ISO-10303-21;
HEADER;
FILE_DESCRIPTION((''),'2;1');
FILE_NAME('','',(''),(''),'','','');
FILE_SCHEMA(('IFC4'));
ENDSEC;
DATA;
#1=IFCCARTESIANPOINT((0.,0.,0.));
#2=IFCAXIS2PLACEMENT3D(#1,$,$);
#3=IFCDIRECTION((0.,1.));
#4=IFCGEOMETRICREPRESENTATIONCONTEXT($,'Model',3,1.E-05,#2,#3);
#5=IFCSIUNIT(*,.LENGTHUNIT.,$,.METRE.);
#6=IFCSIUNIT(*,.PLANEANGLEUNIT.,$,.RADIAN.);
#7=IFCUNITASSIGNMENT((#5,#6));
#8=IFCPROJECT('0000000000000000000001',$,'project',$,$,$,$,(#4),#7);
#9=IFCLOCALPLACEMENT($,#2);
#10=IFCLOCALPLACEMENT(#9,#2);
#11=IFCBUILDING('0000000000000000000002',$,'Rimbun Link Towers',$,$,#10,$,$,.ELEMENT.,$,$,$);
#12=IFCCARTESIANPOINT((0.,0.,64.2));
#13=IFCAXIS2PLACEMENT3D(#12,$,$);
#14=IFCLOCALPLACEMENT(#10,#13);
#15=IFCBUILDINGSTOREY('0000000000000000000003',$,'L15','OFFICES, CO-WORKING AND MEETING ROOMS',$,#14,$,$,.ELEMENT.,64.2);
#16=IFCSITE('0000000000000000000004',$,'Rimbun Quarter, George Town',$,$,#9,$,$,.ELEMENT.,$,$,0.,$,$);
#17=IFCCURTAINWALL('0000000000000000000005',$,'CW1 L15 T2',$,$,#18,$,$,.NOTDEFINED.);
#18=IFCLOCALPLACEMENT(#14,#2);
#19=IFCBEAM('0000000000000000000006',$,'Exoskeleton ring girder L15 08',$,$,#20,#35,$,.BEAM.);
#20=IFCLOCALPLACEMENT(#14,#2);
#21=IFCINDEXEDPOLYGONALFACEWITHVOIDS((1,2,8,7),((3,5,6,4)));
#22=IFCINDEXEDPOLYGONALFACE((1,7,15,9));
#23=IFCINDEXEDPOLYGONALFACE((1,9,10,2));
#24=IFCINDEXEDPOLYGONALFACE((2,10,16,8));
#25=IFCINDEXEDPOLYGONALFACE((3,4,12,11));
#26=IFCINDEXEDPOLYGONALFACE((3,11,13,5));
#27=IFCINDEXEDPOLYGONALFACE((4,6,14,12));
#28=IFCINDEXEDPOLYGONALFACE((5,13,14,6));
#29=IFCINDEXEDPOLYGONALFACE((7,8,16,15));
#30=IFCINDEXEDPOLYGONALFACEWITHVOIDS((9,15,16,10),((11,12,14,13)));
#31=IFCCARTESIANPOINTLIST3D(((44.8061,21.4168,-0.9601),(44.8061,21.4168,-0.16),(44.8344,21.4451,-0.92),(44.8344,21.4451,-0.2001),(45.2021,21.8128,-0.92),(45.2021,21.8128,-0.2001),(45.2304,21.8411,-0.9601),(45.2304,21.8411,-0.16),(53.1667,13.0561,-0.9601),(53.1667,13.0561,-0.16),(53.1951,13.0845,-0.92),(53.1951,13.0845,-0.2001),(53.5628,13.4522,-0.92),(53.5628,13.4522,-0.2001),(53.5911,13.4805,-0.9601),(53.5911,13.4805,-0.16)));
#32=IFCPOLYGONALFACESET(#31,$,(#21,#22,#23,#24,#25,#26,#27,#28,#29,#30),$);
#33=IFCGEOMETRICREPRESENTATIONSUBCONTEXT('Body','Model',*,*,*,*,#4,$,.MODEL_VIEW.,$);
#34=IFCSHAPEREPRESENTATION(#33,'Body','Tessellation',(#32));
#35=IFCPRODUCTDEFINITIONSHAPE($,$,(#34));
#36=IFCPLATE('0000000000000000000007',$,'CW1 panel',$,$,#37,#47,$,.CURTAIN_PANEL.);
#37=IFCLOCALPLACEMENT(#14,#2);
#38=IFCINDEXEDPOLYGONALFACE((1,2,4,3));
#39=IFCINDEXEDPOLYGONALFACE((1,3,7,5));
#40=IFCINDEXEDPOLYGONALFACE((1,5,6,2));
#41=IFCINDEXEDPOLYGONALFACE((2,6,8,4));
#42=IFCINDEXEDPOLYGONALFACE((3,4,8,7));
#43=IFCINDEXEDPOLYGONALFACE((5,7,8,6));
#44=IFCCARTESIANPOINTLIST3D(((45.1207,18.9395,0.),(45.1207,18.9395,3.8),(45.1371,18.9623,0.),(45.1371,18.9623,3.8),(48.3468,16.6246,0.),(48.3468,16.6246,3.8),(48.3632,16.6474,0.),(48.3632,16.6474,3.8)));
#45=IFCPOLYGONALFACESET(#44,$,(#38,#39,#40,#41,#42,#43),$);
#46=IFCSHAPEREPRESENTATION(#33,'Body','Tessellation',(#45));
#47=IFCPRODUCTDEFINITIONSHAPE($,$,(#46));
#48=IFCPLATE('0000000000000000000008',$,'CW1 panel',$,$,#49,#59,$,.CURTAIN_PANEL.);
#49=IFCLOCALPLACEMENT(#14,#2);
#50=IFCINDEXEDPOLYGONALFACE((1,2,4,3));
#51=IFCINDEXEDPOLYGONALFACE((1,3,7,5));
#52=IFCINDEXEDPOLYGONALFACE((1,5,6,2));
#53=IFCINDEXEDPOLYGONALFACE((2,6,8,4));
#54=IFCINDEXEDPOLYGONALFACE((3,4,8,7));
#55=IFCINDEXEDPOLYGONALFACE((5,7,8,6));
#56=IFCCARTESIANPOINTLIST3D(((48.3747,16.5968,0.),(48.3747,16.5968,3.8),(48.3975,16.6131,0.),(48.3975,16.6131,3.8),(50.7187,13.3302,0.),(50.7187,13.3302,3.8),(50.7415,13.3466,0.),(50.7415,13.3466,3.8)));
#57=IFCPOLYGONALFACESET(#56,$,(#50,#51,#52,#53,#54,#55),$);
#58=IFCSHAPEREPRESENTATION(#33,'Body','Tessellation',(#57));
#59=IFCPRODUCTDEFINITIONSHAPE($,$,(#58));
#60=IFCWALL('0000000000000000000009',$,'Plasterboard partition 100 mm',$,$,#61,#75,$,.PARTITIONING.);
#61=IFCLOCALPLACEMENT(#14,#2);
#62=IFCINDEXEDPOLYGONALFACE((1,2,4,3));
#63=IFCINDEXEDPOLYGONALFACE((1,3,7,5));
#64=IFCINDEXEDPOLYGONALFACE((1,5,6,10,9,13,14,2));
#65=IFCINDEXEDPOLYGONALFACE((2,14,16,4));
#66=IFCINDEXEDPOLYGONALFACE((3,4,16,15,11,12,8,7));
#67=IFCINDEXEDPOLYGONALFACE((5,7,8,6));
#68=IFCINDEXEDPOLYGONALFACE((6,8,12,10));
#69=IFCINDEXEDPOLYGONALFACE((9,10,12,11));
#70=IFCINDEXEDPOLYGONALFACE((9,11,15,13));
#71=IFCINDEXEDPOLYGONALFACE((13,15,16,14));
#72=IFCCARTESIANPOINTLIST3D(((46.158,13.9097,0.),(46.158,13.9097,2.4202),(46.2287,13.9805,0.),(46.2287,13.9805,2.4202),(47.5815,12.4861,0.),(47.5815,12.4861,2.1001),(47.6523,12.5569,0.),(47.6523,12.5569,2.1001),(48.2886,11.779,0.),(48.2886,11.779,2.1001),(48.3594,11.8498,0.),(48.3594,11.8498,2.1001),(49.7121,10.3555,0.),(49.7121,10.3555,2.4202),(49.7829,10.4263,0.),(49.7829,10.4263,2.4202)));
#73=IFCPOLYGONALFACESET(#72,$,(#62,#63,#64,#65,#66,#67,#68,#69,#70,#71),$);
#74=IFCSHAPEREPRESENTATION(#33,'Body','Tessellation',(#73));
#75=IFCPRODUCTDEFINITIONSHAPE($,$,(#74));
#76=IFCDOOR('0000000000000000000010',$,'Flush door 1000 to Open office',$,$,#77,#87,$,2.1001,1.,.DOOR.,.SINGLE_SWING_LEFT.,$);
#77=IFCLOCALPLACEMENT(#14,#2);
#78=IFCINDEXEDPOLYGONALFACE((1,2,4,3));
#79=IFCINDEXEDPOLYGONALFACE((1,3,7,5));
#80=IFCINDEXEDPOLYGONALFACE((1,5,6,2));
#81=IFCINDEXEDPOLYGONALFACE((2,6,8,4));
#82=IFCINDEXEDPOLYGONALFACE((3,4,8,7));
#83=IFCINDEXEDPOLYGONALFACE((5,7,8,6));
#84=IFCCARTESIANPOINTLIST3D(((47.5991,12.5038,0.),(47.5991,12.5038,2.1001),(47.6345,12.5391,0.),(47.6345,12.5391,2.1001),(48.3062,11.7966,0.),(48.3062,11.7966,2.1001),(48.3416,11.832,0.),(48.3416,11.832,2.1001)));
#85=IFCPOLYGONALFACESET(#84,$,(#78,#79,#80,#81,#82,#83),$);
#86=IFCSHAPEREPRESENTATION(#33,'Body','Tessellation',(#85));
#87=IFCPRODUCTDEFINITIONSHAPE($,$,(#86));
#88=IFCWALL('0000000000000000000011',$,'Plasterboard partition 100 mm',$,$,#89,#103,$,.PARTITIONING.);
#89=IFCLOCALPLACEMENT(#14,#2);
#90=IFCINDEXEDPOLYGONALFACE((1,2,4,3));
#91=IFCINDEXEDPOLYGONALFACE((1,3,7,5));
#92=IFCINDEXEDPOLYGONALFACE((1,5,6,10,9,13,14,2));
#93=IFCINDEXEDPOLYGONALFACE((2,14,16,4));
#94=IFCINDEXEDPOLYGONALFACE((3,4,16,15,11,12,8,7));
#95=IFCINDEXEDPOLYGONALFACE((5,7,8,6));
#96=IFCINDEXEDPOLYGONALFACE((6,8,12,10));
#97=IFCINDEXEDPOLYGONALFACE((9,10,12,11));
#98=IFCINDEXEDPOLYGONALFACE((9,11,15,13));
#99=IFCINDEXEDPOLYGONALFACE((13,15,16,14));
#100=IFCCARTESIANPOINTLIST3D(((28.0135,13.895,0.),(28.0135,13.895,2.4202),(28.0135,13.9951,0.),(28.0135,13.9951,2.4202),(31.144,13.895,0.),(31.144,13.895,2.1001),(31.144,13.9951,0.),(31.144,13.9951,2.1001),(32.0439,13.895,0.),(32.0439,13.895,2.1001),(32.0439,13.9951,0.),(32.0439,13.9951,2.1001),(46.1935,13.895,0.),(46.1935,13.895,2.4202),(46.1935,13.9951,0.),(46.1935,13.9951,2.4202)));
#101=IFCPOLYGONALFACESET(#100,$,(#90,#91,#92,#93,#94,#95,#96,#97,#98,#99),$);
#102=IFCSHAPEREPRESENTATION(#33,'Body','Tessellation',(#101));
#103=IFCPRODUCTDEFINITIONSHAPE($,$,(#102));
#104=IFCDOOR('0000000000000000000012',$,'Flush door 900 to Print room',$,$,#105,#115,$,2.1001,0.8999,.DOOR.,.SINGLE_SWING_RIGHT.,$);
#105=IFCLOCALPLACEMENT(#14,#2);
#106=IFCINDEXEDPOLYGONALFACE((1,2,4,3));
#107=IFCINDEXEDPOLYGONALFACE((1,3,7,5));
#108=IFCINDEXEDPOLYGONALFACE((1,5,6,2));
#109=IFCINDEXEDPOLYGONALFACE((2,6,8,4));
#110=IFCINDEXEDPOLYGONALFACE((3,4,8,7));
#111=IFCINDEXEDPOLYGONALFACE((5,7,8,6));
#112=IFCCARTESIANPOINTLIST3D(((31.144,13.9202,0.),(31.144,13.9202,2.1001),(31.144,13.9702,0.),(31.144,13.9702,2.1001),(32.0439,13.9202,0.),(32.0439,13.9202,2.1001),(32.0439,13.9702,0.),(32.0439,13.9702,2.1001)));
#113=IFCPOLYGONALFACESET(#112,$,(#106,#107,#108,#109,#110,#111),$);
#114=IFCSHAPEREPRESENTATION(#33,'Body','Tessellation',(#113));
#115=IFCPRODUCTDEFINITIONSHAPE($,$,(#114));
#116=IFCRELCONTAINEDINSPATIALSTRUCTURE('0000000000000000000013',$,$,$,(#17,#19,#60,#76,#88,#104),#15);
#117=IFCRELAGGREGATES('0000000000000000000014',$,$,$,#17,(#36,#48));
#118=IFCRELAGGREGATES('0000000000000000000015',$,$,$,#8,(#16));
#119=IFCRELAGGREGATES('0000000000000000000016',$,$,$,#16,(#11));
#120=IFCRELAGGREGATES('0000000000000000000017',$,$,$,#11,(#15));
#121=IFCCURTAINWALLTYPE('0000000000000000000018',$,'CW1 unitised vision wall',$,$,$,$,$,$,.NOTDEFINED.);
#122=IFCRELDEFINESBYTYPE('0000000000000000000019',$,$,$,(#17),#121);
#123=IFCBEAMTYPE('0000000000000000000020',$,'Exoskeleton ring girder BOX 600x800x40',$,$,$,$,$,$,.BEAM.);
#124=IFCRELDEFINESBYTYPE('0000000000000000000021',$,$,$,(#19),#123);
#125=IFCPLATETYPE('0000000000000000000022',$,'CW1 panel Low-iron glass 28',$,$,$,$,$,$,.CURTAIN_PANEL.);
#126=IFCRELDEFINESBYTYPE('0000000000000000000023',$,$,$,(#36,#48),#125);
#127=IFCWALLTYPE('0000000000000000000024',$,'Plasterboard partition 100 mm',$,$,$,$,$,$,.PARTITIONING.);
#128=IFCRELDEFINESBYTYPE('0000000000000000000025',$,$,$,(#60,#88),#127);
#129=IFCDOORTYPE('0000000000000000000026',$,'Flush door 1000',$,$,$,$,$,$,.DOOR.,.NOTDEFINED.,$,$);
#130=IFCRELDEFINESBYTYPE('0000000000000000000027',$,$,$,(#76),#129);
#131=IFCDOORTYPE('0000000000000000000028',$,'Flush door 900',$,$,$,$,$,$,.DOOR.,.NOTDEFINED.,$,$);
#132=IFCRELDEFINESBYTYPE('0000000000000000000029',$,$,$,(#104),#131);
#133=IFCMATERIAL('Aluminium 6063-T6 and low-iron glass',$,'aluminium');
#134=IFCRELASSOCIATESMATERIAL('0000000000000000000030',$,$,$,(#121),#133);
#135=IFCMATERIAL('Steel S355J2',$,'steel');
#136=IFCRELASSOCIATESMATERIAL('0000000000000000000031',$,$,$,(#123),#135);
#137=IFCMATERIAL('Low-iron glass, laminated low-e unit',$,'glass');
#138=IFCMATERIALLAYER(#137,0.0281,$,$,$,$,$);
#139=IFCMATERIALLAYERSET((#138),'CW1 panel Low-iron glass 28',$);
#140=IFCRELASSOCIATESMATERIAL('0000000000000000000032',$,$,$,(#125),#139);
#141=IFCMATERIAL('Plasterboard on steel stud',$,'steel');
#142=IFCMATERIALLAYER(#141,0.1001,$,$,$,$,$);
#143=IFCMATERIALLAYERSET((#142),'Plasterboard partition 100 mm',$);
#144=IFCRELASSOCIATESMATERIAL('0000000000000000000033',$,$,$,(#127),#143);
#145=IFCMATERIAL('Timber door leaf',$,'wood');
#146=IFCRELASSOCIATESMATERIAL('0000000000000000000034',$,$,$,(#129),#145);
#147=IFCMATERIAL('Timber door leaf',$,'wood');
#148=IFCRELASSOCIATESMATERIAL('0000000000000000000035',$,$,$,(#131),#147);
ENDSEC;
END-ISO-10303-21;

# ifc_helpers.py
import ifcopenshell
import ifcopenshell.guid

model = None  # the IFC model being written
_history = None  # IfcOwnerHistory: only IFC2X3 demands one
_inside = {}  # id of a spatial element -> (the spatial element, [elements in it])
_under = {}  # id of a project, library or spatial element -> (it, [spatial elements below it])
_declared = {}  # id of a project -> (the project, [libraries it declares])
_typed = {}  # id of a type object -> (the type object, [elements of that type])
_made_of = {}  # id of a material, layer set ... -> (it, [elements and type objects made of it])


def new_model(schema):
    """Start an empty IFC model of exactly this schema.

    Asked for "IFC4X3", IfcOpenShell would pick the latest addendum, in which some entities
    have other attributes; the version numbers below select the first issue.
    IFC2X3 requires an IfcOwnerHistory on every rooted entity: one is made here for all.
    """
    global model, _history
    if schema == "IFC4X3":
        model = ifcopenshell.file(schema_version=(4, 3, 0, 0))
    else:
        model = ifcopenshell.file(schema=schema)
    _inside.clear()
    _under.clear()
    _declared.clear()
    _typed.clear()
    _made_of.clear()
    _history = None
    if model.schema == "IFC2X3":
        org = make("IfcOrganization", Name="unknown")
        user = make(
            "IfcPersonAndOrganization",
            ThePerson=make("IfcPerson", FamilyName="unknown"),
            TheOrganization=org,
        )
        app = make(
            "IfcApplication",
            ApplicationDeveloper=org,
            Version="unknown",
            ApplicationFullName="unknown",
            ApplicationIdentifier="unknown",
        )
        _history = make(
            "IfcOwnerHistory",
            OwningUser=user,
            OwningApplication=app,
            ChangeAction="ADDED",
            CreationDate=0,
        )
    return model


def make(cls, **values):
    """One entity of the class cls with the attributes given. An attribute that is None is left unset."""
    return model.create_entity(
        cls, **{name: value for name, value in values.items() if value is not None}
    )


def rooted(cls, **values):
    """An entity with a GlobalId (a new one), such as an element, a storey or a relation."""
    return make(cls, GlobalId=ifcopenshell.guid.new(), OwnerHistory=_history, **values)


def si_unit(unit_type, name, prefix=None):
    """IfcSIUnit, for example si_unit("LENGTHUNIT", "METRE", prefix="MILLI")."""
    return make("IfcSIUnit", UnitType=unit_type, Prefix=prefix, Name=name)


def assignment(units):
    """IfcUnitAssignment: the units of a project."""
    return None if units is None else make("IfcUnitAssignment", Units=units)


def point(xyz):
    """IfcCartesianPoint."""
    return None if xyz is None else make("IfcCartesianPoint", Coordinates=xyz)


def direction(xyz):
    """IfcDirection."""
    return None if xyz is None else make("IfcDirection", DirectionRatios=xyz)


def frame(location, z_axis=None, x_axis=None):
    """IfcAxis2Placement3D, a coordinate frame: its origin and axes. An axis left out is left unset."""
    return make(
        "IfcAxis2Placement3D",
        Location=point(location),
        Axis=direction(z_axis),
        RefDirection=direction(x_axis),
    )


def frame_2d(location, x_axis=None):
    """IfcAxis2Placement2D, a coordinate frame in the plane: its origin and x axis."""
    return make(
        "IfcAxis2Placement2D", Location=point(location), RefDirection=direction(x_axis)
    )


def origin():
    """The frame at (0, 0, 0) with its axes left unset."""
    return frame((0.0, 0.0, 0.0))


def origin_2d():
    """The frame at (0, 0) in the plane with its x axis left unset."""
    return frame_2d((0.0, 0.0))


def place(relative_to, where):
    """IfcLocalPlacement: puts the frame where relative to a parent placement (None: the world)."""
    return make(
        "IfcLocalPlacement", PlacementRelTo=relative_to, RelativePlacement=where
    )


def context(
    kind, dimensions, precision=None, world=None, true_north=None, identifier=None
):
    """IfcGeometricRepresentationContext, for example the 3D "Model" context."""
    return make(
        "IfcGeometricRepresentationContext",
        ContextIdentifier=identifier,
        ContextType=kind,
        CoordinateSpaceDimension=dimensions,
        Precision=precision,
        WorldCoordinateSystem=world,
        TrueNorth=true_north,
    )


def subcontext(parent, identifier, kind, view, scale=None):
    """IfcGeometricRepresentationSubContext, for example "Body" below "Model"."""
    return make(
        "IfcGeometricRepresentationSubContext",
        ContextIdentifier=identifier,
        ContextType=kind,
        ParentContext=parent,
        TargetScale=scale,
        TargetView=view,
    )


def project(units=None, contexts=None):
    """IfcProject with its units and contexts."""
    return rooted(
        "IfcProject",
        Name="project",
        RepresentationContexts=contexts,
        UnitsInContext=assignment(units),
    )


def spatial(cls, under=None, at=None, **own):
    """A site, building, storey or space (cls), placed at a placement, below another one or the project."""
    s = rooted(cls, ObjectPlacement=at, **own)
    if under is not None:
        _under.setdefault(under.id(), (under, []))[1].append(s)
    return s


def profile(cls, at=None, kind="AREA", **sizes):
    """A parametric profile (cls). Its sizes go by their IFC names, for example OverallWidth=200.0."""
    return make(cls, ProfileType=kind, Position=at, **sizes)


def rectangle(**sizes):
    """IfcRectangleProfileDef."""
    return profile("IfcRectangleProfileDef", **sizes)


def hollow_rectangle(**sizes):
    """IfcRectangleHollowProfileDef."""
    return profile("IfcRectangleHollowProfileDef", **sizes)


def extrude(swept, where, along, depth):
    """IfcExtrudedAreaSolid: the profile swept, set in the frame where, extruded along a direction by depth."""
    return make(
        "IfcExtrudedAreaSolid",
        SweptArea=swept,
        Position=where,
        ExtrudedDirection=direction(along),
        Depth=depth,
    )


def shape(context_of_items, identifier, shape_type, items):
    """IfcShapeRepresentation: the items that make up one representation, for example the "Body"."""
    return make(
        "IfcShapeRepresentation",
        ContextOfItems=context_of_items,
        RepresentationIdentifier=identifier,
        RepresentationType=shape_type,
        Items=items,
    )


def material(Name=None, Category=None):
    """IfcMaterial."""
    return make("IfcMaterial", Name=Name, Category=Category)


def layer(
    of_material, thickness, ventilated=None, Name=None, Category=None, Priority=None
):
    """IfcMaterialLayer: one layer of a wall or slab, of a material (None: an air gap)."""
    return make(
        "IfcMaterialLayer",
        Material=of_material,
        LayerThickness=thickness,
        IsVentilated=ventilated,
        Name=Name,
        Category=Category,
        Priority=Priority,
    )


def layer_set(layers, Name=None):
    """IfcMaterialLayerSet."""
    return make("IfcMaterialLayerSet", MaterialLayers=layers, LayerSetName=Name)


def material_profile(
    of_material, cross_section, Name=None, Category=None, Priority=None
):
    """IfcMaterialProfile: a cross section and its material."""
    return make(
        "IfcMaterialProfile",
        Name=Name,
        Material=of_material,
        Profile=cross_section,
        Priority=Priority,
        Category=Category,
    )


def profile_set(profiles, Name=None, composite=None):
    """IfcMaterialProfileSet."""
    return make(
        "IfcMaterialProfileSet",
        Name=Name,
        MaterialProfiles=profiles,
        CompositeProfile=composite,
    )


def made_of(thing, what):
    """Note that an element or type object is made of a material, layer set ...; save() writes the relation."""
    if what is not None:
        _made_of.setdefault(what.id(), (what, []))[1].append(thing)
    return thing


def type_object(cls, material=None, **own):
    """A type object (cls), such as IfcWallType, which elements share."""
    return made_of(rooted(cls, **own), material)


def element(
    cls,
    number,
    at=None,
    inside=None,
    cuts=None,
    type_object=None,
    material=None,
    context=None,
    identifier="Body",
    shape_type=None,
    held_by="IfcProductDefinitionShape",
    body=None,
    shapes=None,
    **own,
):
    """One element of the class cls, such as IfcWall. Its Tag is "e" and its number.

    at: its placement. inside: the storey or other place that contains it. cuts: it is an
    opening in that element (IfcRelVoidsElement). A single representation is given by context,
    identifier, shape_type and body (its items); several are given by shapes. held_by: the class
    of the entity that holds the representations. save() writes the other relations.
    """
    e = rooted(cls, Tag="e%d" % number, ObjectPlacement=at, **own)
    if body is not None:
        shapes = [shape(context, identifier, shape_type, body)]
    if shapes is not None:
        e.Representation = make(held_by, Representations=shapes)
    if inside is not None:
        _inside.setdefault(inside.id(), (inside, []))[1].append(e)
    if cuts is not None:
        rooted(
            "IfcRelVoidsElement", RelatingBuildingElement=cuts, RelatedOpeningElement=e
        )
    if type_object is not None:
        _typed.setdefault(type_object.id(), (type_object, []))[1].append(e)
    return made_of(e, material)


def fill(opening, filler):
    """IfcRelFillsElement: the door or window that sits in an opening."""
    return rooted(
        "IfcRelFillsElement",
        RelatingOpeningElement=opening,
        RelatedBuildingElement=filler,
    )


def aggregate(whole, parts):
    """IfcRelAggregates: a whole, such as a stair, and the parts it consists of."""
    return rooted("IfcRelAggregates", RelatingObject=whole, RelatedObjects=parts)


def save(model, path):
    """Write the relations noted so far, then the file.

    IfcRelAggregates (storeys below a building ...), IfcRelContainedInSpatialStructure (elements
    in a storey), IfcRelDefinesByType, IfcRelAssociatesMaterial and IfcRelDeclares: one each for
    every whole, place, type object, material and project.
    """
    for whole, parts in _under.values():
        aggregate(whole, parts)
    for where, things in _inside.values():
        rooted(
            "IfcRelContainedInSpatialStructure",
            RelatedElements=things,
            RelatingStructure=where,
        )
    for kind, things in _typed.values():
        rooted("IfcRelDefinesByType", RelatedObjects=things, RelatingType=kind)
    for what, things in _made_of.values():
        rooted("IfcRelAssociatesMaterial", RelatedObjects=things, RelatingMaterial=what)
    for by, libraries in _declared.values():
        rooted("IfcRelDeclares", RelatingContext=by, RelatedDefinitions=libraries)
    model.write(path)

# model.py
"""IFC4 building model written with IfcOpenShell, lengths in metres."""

from ifc_helpers import new_model, si_unit, direction, frame, frame_2d, origin, origin_2d, place, context, subcontext, project, spatial, rectangle, hollow_rectangle, extrude, material, layer, layer_set, material_profile, profile_set, type_object, element, fill, aggregate, save


model = new_model("IFC4")

# Units and contexts
model_context = context("Model", 3, precision=1e-05, world=origin(), true_north=direction((0.0, 1.0)))
body_context = subcontext(model_context, "Body", "Model", "MODEL_VIEW")
ifc_project = project(units=[si_unit("LENGTHUNIT", "METRE"), si_unit("PLANEANGLEUNIT", "RADIAN")], contexts=[model_context])

# Site, building, storey
site_placement = place(None, origin())
site = spatial("IfcSite", under=ifc_project, at=site_placement, Name="Rimbun Quarter, George Town", CompositionType="ELEMENT", RefElevation=0.0)
building_placement = place(site_placement, origin())
building = spatial("IfcBuilding", under=site, at=building_placement, Name="Rimbun Link Towers", CompositionType="ELEMENT")
storey_placement = place(building_placement, frame((0.0, 0.0, 64.2)))
storey = spatial("IfcBuildingStorey", under=building, at=storey_placement, Name="L15", Description="OFFICES, CO-WORKING AND MEETING ROOMS", CompositionType="ELEMENT", Elevation=64.2)

# Curtain wall
ifc_material_1 = material(Name="Aluminium 6063-T6 and low-iron glass", Category="aluminium")
curtain_wall_type = type_object("IfcCurtainWallType", Name="CW1 unitised vision wall", PredefinedType="NOTDEFINED", material=ifc_material_1)
curtain_wall_placement = place(storey_placement, origin())
curtain_wall = element("IfcCurtainWall", 1, at=curtain_wall_placement, inside=storey, type_object=curtain_wall_type, Name="CW1 L15 T2", PredefinedType="NOTDEFINED")

# Beam
ifc_material_2 = material(Name="Steel S355J2", Category="steel")
ifc_material_profile_1 = material_profile(ifc_material_2, hollow_rectangle(XDim=0.6001, YDim=0.8, WallThickness=0.04, at=origin_2d()), Name="Exoskeleton ring girder BOX 600x800x40")
ifc_profile_set_1 = profile_set([ifc_material_profile_1], Name="Steel S355J2")
beam_type = type_object("IfcBeamType", Name="Exoskeleton ring girder BOX 600x800x40", PredefinedType="BEAM", material=ifc_profile_set_1)
beam_placement = place(storey_placement, frame((53.3789, 13.2683, -0.5601), z_axis=(-0.707107, 0.707107, 0.0), x_axis=(-0.707107, -0.707107, 0.0)))
element("IfcBeam", 2, at=beam_placement, inside=storey, type_object=beam_type, Name="Exoskeleton ring girder L15 08", PredefinedType="BEAM", context=body_context, shape_type="SweptSolid", body=[
    extrude(hollow_rectangle(XDim=0.6001, YDim=0.8, WallThickness=0.04, at=origin_2d()), origin(), (0.0, 0.0, 1.0), 11.8237),
])

# Plates
ifc_material_3 = material(Name="Low-iron glass, laminated low-e unit", Category="glass")
ifc_layer_1 = layer(ifc_material_3, 0.0281)
ifc_layer_set_1 = layer_set([ifc_layer_1], Name="CW1 panel Low-iron glass 28")
plate_type = type_object("IfcPlateType", Name="CW1 panel Low-iron glass 28", PredefinedType="CURTAIN_PANEL", material=ifc_layer_set_1)
plate_1_placement = place(storey_placement, frame((46.7419, 17.7935, 0.0), z_axis=(0.0, 0.0, 1.0), x_axis=(0.812471, -0.583002, 0.0)))
plate_1 = element("IfcPlate", 3, at=plate_1_placement, type_object=plate_type, Name="CW1 panel", PredefinedType="CURTAIN_PANEL", context=body_context, shape_type="SweptSolid", body=[
    extrude(rectangle(XDim=3.9707, YDim=0.0281, at=origin_2d()), origin(), (0.0, 0.0, 1.0), 3.8),
])
plate_2_placement = place(storey_placement, frame((49.5581, 14.9717, 0.0), z_axis=(0.0, 0.0, 1.0), x_axis=(0.583002, -0.812471, 0.0)))
plate_2 = element("IfcPlate", 4, at=plate_2_placement, type_object=plate_type, Name="CW1 panel", PredefinedType="CURTAIN_PANEL", context=body_context, shape_type="SweptSolid", body=[
    extrude(rectangle(XDim=4.0205, YDim=0.0281, at=origin_2d()), origin(), (0.0, 0.0, 1.0), 3.8),
])
aggregate(curtain_wall, [plate_1, plate_2])

# Walls, openings, doors
ifc_material_4 = material(Name="Plasterboard on steel stud", Category="steel")
ifc_layer_2 = layer(ifc_material_4, 0.1001)
ifc_layer_set_2 = layer_set([ifc_layer_2], Name="Plasterboard partition 100 mm")
wall_type = type_object("IfcWallType", Name="Plasterboard partition 100 mm", PredefinedType="PARTITIONING", material=ifc_layer_set_2)
wall_1_placement = place(storey_placement, frame((46.1934, 13.9451, 0.0), z_axis=(0.0, 0.0, 1.0), x_axis=(0.707107, -0.707107, 0.0)))
wall_1 = element("IfcWall", 5, at=wall_1_placement, inside=storey, type_object=wall_type, Name="Plasterboard partition 100 mm", PredefinedType="PARTITIONING", context=body_context, shape_type="SweptSolid", body=[
    extrude(rectangle(XDim=5.0264, YDim=0.1001, at=frame_2d((2.5132, 0.0))), origin(), (0.0, 0.0, 1.0), 2.4202),
])
opening_1_placement = place(wall_1_placement, frame((2.0132, 0.0, 0.0)))
opening_1 = element("IfcOpeningElement", 6, at=opening_1_placement, cuts=wall_1, PredefinedType="OPENING", context=body_context, shape_type="SweptSolid", body=[
    extrude(rectangle(XDim=1.0, YDim=2.1001, at=frame_2d((0.5, 1.05))), frame((0.0, 0.0601, 0.0), z_axis=(0.0, -1.0, 0.0), x_axis=(1.0, 0.0, 0.0)), (0.0, 0.0, 1.0), 0.1201),
])
ifc_material_5 = material(Name="Timber door leaf", Category="wood")
door_type_1 = type_object("IfcDoorType", Name="Flush door 1000", OperationType="NOTDEFINED", PredefinedType="DOOR", material=ifc_material_5)
door_1_placement = place(opening_1_placement, origin())
door_1 = element("IfcDoor", 7, at=door_1_placement, inside=storey, type_object=door_type_1, Name="Flush door 1000 to Open office", OperationType="SINGLE_SWING_LEFT", OverallHeight=2.1001, OverallWidth=1.0, PredefinedType="DOOR", context=body_context, shape_type="SweptSolid", body=[
    extrude(rectangle(XDim=1.0, YDim=2.1001, at=frame_2d((0.5, 1.05))), frame((0.0, 0.0249, 0.0), z_axis=(0.0, -1.0, 0.0), x_axis=(1.0, 0.0, 0.0)), (0.0, 0.0, 1.0), 0.05),
])
fill(opening_1, door_1)
wall_2_placement = place(storey_placement, frame((46.1934, 13.9451, 0.0), z_axis=(0.0, 0.0, 1.0), x_axis=(-1.0, 0.0, 0.0)))
wall_2 = element("IfcWall", 8, at=wall_2_placement, inside=storey, type_object=wall_type, Name="Plasterboard partition 100 mm", PredefinedType="PARTITIONING", context=body_context, shape_type="SweptSolid", body=[
    extrude(rectangle(XDim=18.1799, YDim=0.1001, at=frame_2d((9.0898, 0.0))), origin(), (0.0, 0.0, 1.0), 2.4202),
])
opening_2_placement = place(wall_2_placement, frame((14.1494, 0.0, 0.0)))
opening_2 = element("IfcOpeningElement", 9, at=opening_2_placement, cuts=wall_2, PredefinedType="OPENING", context=body_context, shape_type="SweptSolid", body=[
    extrude(rectangle(XDim=0.8999, YDim=2.1001, at=frame_2d((0.45, 1.05))), frame((0.0, 0.0601, 0.0), z_axis=(0.0, -1.0, 0.0), x_axis=(1.0, 0.0, 0.0)), (0.0, 0.0, 1.0), 0.1201),
])
ifc_material_6 = material(Name="Timber door leaf", Category="wood")
door_type_2 = type_object("IfcDoorType", Name="Flush door 900", OperationType="NOTDEFINED", PredefinedType="DOOR", material=ifc_material_6)
door_2_placement = place(opening_2_placement, origin())
door_2 = element("IfcDoor", 10, at=door_2_placement, inside=storey, type_object=door_type_2, Name="Flush door 900 to Print room", OperationType="SINGLE_SWING_RIGHT", OverallHeight=2.1001, OverallWidth=0.8999, PredefinedType="DOOR", context=body_context, shape_type="SweptSolid", body=[
    extrude(rectangle(XDim=0.8999, YDim=2.1001, at=frame_2d((0.45, 1.05))), frame((0.0, 0.0249, 0.0), z_axis=(0.0, -1.0, 0.0), x_axis=(1.0, 0.0, 0.0)), (0.0, 0.0, 1.0), 0.05),
])
fill(opening_2, door_2)

save(model, "model.ifc")
